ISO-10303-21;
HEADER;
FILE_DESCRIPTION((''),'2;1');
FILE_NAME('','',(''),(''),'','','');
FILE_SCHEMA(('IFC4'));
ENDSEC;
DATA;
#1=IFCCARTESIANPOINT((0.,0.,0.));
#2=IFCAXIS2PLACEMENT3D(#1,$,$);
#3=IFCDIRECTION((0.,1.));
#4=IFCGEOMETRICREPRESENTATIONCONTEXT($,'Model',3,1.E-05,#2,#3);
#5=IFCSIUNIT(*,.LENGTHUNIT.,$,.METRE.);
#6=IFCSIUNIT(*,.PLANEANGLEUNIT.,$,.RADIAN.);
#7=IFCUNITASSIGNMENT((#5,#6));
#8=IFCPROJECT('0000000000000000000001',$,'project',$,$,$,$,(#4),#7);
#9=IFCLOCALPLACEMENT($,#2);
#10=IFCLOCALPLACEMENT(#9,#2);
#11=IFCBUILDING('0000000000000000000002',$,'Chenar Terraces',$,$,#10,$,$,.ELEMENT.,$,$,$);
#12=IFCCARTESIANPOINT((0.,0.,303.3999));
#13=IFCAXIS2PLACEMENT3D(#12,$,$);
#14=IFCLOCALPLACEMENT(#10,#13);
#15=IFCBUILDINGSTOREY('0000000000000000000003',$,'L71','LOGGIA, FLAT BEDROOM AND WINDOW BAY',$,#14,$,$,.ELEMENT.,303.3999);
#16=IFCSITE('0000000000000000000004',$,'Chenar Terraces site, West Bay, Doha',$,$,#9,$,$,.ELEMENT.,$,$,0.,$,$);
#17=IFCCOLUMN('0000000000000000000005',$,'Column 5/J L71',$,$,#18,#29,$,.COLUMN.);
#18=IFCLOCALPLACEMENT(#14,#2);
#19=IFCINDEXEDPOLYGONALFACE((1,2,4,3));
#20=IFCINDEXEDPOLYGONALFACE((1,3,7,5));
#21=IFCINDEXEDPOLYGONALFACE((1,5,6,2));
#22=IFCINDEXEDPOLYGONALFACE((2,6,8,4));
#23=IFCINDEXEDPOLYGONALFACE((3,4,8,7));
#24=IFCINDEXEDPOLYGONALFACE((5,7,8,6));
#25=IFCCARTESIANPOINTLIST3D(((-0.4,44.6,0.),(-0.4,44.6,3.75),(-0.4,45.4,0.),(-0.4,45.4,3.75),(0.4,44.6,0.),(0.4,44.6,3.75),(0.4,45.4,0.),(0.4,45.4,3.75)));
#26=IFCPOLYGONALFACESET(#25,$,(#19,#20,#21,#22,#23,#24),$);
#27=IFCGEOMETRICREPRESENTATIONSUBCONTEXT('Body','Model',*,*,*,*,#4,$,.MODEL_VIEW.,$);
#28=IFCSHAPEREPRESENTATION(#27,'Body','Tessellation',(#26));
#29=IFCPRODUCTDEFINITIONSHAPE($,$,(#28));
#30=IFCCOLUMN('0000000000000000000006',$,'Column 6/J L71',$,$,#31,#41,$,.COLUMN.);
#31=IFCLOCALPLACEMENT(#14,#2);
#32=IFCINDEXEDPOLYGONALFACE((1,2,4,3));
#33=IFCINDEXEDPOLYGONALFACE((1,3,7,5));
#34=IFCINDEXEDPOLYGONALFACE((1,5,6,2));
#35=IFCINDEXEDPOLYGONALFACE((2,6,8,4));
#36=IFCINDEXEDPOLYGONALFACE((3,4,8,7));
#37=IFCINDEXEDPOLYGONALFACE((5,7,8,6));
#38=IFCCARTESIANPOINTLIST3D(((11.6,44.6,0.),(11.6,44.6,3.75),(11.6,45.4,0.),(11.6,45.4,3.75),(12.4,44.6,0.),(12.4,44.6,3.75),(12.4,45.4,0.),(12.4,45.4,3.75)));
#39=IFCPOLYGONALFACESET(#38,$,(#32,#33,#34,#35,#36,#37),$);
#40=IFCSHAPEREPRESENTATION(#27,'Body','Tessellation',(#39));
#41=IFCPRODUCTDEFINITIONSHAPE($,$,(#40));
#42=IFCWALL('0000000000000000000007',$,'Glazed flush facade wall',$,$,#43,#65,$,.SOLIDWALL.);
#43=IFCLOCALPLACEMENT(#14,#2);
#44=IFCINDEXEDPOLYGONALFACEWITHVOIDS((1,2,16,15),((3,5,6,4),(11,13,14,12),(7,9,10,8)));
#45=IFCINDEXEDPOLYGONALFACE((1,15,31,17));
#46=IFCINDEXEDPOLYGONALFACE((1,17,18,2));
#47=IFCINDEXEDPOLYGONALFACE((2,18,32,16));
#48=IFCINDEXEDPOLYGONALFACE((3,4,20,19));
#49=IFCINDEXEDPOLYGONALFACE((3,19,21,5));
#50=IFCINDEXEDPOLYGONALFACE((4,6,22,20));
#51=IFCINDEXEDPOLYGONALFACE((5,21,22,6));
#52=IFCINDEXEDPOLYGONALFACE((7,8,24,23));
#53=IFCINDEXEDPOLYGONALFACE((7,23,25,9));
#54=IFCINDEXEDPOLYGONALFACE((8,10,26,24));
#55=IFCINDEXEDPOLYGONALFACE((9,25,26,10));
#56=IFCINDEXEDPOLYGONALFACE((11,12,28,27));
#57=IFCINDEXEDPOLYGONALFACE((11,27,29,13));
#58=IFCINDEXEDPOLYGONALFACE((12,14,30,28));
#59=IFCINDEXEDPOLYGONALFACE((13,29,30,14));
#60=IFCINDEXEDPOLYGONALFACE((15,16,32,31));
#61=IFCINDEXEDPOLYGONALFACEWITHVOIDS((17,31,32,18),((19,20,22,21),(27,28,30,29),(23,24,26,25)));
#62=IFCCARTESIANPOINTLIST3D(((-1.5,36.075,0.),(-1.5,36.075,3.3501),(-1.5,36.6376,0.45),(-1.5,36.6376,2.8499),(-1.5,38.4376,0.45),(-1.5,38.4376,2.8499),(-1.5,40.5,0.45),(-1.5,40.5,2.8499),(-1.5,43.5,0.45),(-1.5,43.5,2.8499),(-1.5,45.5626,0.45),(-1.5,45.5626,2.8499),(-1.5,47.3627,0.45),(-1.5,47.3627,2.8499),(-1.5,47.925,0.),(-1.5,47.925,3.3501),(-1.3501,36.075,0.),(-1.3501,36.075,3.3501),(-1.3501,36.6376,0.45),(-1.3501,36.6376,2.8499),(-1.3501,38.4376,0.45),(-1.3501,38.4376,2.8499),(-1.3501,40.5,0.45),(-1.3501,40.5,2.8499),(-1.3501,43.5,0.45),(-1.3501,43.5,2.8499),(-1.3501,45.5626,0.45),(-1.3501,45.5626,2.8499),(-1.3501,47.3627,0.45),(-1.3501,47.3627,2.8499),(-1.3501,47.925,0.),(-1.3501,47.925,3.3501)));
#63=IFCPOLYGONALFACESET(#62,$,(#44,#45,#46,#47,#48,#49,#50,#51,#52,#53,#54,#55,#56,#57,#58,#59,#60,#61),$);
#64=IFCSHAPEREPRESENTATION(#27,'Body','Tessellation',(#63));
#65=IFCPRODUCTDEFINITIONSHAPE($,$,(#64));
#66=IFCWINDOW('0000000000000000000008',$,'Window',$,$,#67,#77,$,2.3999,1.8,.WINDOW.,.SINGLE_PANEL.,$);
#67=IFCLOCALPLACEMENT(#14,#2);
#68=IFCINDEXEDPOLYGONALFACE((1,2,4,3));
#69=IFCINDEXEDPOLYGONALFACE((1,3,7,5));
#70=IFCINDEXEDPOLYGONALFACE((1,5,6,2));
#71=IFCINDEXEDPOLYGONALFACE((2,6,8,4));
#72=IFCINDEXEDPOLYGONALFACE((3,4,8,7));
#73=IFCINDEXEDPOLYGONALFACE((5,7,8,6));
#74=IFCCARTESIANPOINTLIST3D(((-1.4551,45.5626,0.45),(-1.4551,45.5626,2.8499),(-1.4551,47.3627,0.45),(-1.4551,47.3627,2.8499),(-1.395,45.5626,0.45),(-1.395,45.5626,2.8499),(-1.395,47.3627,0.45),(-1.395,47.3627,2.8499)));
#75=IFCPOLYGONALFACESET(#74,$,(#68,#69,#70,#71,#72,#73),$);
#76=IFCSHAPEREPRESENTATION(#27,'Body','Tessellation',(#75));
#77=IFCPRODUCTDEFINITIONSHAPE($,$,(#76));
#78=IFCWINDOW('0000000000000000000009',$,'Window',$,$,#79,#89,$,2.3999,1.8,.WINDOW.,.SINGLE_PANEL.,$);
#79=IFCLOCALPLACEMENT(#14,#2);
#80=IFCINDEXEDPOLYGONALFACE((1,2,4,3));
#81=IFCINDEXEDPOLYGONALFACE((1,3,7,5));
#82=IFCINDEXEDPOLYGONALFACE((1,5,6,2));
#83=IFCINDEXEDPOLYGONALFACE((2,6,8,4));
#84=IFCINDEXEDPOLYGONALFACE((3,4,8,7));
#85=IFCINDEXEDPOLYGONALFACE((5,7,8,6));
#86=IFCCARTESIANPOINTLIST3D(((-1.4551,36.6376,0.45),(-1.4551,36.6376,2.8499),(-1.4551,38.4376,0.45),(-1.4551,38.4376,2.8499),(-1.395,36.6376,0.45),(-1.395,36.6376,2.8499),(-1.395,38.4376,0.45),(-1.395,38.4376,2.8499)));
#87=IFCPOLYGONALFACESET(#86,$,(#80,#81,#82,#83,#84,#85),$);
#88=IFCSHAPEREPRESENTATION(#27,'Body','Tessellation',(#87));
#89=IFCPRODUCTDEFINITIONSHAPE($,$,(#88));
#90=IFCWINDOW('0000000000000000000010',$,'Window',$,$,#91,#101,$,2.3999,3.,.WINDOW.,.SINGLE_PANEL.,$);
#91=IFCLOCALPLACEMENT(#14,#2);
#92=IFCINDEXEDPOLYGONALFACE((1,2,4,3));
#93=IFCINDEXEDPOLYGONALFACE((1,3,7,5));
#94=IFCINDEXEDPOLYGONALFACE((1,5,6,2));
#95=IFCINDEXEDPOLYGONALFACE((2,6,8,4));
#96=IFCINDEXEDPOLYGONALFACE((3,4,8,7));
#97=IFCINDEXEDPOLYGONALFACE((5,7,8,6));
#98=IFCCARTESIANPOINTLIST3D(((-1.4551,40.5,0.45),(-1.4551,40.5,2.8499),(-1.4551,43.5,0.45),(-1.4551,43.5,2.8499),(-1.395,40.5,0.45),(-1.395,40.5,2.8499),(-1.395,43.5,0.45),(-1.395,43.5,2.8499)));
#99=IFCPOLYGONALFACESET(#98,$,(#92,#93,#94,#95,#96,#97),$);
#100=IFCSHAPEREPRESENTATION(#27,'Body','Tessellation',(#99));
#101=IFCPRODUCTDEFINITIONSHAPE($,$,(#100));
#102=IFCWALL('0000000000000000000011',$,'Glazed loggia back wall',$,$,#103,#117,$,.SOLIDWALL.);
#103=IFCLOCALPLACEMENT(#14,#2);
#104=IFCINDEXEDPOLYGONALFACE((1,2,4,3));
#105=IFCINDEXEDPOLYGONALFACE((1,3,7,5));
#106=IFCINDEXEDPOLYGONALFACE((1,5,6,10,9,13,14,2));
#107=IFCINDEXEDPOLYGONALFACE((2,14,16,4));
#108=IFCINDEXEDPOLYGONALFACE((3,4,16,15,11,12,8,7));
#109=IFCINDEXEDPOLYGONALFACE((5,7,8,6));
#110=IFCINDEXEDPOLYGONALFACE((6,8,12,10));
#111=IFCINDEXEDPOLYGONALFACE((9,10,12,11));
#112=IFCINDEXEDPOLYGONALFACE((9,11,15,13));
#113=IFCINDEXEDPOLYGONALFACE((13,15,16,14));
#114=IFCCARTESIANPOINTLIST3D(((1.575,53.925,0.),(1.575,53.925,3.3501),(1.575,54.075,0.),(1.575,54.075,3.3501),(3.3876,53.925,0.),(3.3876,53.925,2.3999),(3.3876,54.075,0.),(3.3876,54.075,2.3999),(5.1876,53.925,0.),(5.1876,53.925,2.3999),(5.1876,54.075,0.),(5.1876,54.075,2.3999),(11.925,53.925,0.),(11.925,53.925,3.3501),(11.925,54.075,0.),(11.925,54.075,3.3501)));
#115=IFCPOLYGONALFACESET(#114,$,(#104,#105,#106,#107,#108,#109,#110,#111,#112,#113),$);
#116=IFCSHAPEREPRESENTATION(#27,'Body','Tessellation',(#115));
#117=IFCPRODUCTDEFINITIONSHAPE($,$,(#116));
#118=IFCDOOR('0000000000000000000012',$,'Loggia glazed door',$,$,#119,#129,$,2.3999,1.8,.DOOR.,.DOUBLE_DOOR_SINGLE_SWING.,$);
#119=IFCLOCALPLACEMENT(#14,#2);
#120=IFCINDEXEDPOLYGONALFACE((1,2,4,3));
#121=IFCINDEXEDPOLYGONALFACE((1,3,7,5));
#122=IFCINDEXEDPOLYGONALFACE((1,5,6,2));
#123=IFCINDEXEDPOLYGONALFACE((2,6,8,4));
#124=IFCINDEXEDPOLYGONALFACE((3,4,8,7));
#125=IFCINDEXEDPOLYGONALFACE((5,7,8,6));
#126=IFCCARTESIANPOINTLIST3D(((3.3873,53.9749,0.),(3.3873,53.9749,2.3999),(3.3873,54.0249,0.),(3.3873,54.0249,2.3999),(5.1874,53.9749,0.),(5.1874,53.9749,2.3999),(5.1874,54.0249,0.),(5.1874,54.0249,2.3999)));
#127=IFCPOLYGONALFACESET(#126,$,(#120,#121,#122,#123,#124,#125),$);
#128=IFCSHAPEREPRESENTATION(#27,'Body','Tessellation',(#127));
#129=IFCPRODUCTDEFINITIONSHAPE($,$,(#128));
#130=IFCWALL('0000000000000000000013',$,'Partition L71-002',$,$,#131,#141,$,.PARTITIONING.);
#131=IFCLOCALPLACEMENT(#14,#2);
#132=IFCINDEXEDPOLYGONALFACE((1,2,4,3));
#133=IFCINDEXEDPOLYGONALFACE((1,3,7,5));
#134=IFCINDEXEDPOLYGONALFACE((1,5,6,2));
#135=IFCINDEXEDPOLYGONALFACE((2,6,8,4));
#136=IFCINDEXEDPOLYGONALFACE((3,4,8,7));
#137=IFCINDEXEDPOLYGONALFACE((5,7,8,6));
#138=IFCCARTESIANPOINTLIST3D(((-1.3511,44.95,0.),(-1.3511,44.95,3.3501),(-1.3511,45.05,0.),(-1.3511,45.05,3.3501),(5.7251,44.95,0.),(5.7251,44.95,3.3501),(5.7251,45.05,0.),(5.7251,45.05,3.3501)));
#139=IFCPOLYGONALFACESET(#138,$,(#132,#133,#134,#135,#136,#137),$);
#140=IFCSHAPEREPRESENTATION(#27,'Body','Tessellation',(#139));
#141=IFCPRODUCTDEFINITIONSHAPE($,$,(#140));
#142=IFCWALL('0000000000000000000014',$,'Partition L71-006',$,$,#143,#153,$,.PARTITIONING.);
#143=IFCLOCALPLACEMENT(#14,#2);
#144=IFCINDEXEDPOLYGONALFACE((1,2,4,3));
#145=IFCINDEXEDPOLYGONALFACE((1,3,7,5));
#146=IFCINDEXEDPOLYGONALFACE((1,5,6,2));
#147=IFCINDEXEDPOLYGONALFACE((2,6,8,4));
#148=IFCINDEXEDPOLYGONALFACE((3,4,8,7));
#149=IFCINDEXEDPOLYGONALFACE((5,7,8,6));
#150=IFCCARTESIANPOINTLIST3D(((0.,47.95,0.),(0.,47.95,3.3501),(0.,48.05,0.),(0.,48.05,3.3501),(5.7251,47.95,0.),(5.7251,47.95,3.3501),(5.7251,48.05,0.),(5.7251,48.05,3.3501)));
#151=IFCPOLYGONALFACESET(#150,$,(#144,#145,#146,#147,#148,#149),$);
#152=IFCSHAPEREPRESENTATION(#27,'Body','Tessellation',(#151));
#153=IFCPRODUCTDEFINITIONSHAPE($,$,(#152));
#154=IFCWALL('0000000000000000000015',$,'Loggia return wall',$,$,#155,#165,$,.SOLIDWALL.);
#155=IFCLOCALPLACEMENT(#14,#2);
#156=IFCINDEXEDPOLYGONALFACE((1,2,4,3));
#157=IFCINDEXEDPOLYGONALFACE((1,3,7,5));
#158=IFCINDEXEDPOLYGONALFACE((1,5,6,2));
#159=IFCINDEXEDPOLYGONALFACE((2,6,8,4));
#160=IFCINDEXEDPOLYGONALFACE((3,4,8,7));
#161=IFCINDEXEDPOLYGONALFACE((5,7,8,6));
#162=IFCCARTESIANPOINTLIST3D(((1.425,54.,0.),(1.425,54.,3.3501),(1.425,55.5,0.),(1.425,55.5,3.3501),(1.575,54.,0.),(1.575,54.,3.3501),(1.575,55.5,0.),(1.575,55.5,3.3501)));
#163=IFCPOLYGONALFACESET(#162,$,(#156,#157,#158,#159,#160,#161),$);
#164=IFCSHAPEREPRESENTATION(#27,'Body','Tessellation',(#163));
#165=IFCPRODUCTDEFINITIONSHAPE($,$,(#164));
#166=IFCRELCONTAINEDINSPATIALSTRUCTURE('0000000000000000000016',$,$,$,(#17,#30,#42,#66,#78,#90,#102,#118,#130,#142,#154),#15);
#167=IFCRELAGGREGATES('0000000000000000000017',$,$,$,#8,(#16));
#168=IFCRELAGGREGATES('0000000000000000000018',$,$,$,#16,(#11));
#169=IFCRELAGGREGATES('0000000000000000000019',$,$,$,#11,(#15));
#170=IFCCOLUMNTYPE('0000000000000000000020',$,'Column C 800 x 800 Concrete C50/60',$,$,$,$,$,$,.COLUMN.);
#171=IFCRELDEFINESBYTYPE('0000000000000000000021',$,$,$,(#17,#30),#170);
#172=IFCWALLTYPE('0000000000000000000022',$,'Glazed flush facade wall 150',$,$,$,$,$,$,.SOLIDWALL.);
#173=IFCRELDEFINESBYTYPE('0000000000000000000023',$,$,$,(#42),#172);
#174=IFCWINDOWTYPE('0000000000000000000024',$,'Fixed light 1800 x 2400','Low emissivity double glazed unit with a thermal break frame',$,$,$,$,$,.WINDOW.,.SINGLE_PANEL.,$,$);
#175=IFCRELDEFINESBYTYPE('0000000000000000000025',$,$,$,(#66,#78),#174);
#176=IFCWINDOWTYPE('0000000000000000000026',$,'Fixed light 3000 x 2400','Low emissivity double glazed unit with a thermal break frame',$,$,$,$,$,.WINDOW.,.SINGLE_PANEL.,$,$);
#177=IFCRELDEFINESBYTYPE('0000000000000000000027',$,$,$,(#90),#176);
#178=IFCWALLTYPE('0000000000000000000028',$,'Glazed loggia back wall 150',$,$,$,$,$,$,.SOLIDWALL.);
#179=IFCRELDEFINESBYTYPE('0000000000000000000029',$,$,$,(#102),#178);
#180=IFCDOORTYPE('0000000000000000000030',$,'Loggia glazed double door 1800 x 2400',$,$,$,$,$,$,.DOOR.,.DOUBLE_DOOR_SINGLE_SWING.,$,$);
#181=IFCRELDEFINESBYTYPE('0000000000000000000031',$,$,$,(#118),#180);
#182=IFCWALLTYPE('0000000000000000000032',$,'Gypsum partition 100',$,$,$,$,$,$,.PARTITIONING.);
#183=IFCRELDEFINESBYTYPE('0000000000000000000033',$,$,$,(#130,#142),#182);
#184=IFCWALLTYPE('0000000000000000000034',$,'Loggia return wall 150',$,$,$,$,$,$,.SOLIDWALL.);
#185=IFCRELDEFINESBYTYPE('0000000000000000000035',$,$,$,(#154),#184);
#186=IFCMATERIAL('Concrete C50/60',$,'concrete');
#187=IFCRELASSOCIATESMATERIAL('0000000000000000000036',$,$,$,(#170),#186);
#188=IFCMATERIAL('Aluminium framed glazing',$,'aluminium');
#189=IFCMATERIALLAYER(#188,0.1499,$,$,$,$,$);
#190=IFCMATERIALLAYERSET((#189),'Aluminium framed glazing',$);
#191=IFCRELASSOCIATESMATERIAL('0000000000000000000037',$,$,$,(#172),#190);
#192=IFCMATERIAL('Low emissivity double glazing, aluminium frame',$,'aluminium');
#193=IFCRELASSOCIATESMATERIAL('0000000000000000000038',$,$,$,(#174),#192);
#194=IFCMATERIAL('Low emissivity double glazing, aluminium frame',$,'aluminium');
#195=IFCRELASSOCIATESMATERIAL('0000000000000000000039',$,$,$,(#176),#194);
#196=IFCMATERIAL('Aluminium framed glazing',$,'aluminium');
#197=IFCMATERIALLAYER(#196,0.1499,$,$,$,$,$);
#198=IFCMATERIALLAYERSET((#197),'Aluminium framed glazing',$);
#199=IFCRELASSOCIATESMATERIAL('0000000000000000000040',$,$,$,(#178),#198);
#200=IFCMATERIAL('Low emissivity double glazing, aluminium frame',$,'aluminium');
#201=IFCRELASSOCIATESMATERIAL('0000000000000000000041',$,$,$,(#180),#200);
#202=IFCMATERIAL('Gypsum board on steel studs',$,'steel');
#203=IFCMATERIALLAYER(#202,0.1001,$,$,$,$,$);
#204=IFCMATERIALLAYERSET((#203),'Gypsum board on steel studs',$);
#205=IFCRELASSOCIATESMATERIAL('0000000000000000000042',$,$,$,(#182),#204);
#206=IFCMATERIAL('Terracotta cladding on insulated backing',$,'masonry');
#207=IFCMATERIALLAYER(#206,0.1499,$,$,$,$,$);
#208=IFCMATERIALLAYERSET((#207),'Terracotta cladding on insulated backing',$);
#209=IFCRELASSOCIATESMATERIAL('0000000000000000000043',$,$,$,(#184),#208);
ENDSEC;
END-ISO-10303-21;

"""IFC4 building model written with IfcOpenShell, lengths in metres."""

from ifc_helpers import new_model, si_unit, direction, frame, frame_2d, origin, origin_2d, place, context, subcontext, project, spatial, rectangle, extrude, material, layer, layer_set, material_profile, profile_set, type_object, element, fill, save


model = new_model("IFC4")

# Units and contexts
model_context = context("Model", 3, precision=1e-05, world=origin(), true_north=direction((0.0, 1.0)))
body_context = subcontext(model_context, "Body", "Model", "MODEL_VIEW")
ifc_project = project(units=[si_unit("LENGTHUNIT", "METRE"), si_unit("PLANEANGLEUNIT", "RADIAN")], contexts=[model_context])

# Site, building, storey
site_placement = place(None, origin())
site = spatial("IfcSite", under=ifc_project, at=site_placement, Name="Chenar Terraces site, West Bay, Doha", CompositionType="ELEMENT", RefElevation=0.0)
building_placement = place(site_placement, origin())
building = spatial("IfcBuilding", under=site, at=building_placement, Name="Chenar Terraces", CompositionType="ELEMENT")
storey_placement = place(building_placement, frame((0.0, 0.0, 303.3999)))
storey = spatial("IfcBuildingStorey", under=building, at=storey_placement, Name="L71", Description="LOGGIA, FLAT BEDROOM AND WINDOW BAY", CompositionType="ELEMENT", Elevation=303.3999)

# Columns
ifc_material_1 = material(Name="Concrete C50/60", Category="concrete")
ifc_material_profile_1 = material_profile(ifc_material_1, rectangle(XDim=0.8, YDim=0.8, at=origin_2d()), Name="C 800 x 800")
ifc_profile_set_1 = profile_set([ifc_material_profile_1], Name="Concrete C50/60")
column_type = type_object("IfcColumnType", Name="Column C 800 x 800 Concrete C50/60", PredefinedType="COLUMN", material=ifc_profile_set_1)
for number, where, z_axis, x_axis, name in (
    (1, (0.0, 45.0, 0.0), (0.0, 0.0, 1.0), (1.0, 0.0, 0.0), "Column 5/J L71"),
    (2, (12.0, 45.0, 0.0), (0.0, 0.0, 1.0), (1.0, 0.0, 0.0), "Column 6/J L71"),
):
    element("IfcColumn", number, at=place(storey_placement, frame(where, z_axis=z_axis, x_axis=x_axis)), inside=storey, type_object=column_type, Name=name, PredefinedType="COLUMN", context=body_context, shape_type="SweptSolid", body=[
        extrude(rectangle(XDim=0.8, YDim=0.8, at=origin_2d()), origin(), (0.0, 0.0, 1.0), 3.75),
    ])

# Wall, openings, windows
ifc_material_2 = material(Name="Aluminium framed glazing", Category="aluminium")
ifc_layer_1 = layer(ifc_material_2, 0.1499)
ifc_layer_set_1 = layer_set([ifc_layer_1], Name="Aluminium framed glazing")
wall_type_1 = type_object("IfcWallType", Name="Glazed flush facade wall 150", PredefinedType="SOLIDWALL", material=ifc_layer_set_1)
wall_1_placement = place(storey_placement, frame((-1.425, 47.925, 0.0), z_axis=(0.0, 0.0, 1.0), x_axis=(0.0, -1.0, 0.0)))
wall_1 = element("IfcWall", 3, at=wall_1_placement, inside=storey, type_object=wall_type_1, Name="Glazed flush facade wall", PredefinedType="SOLIDWALL", context=body_context, shape_type="SweptSolid", body=[
    extrude(rectangle(XDim=11.8501, YDim=0.1499, at=frame_2d((5.925, 0.0))), origin(), (0.0, 0.0, 1.0), 3.3501),
])
opening_1_placement = place(wall_1_placement, frame((0.5625, 0.0, 0.45)))
opening_1 = element("IfcOpeningElement", 4, at=opening_1_placement, cuts=wall_1, PredefinedType="OPENING", context=body_context, shape_type="SweptSolid", body=[
    extrude(rectangle(XDim=1.8, YDim=2.3999, at=frame_2d((0.8999, 1.2))), frame((0.0, 0.085, 0.0), z_axis=(0.0, -1.0, 0.0), x_axis=(1.0, 0.0, 0.0)), (0.0, 0.0, 1.0), 0.1699),
])
opening_2_placement = place(wall_1_placement, frame((4.425, 0.0, 0.45)))
opening_2 = element("IfcOpeningElement", 5, at=opening_2_placement, cuts=wall_1, PredefinedType="OPENING", context=body_context, shape_type="SweptSolid", body=[
    extrude(rectangle(XDim=3.0, YDim=2.3999, at=frame_2d((1.5, 1.2))), frame((0.0, 0.085, 0.0), z_axis=(0.0, -1.0, 0.0), x_axis=(1.0, 0.0, 0.0)), (0.0, 0.0, 1.0), 0.1699),
])
opening_3_placement = place(wall_1_placement, frame((9.4875, 0.0, 0.45)))
opening_3 = element("IfcOpeningElement", 6, at=opening_3_placement, cuts=wall_1, PredefinedType="OPENING", context=body_context, shape_type="SweptSolid", body=[
    extrude(rectangle(XDim=1.8, YDim=2.3999, at=frame_2d((0.8999, 1.2))), frame((0.0, 0.085, 0.0), z_axis=(0.0, -1.0, 0.0), x_axis=(1.0, 0.0, 0.0)), (0.0, 0.0, 1.0), 0.1699),
])
ifc_material_3 = material(Name="Low emissivity double glazing, aluminium frame", Category="aluminium")
window_type_1 = type_object("IfcWindowType", Name="Fixed light 1800 x 2400", Description="Low emissivity double glazed unit with a thermal break frame", PartitioningType="SINGLE_PANEL", PredefinedType="WINDOW", material=ifc_material_3)
window_1_placement = place(opening_1_placement, origin())
window_1 = element("IfcWindow", 7, at=window_1_placement, inside=storey, type_object=window_type_1, Name="Window", OverallHeight=2.3999, OverallWidth=1.8, PartitioningType="SINGLE_PANEL", PredefinedType="WINDOW", context=body_context, shape_type="SweptSolid", body=[
    extrude(rectangle(XDim=1.8, YDim=2.3999, at=frame_2d((0.8999, 1.2))), frame((0.0, 0.03, 0.0), z_axis=(0.0, -1.0, 0.0), x_axis=(1.0, 0.0, 0.0)), (0.0, 0.0, 1.0), 0.0601),
])
fill(opening_1, window_1)
window_2_placement = place(opening_3_placement, origin())
window_2 = element("IfcWindow", 8, at=window_2_placement, inside=storey, type_object=window_type_1, Name="Window", OverallHeight=2.3999, OverallWidth=1.8, PartitioningType="SINGLE_PANEL", PredefinedType="WINDOW", context=body_context, shape_type="SweptSolid", body=[
    extrude(rectangle(XDim=1.8, YDim=2.3999, at=frame_2d((0.8999, 1.2))), frame((0.0, 0.03, 0.0), z_axis=(0.0, -1.0, 0.0), x_axis=(1.0, 0.0, 0.0)), (0.0, 0.0, 1.0), 0.0601),
])
fill(opening_3, window_2)
ifc_material_4 = material(Name="Low emissivity double glazing, aluminium frame", Category="aluminium")
window_type_2 = type_object("IfcWindowType", Name="Fixed light 3000 x 2400", Description="Low emissivity double glazed unit with a thermal break frame", PartitioningType="SINGLE_PANEL", PredefinedType="WINDOW", material=ifc_material_4)
window_3_placement = place(opening_2_placement, origin())
window_3 = element("IfcWindow", 9, at=window_3_placement, inside=storey, type_object=window_type_2, Name="Window", OverallHeight=2.3999, OverallWidth=3.0, PartitioningType="SINGLE_PANEL", PredefinedType="WINDOW", context=body_context, shape_type="SweptSolid", body=[
    extrude(rectangle(XDim=3.0, YDim=2.3999, at=frame_2d((1.5, 1.2))), frame((0.0, 0.03, 0.0), z_axis=(0.0, -1.0, 0.0), x_axis=(1.0, 0.0, 0.0)), (0.0, 0.0, 1.0), 0.0601),
])
fill(opening_2, window_3)

# Wall, opening, door
ifc_material_5 = material(Name="Aluminium framed glazing", Category="aluminium")
ifc_layer_2 = layer(ifc_material_5, 0.1499)
ifc_layer_set_2 = layer_set([ifc_layer_2], Name="Aluminium framed glazing")
wall_type_2 = type_object("IfcWallType", Name="Glazed loggia back wall 150", PredefinedType="SOLIDWALL", material=ifc_layer_set_2)
wall_2_placement = place(storey_placement, frame((11.925, 54.0, 0.0), z_axis=(0.0, 0.0, 1.0), x_axis=(-1.0, 0.0, 0.0)))
wall_2 = element("IfcWall", 10, at=wall_2_placement, inside=storey, type_object=wall_type_2, Name="Glazed loggia back wall", PredefinedType="SOLIDWALL", context=body_context, shape_type="SweptSolid", body=[
    extrude(rectangle(XDim=10.3501, YDim=0.1499, at=frame_2d((5.175, 0.0))), origin(), (0.0, 0.0, 1.0), 3.3501),
])
opening_4_placement = place(wall_2_placement, frame((6.7375, 0.0, 0.0)))
opening_4 = element("IfcOpeningElement", 11, at=opening_4_placement, cuts=wall_2, PredefinedType="OPENING", context=body_context, shape_type="SweptSolid", body=[
    extrude(rectangle(XDim=1.8, YDim=2.3999, at=frame_2d((0.8999, 1.2))), frame((0.0, 0.085, 0.0), z_axis=(0.0, -1.0, 0.0), x_axis=(1.0, 0.0, 0.0)), (0.0, 0.0, 1.0), 0.1699),
])
ifc_material_6 = material(Name="Low emissivity double glazing, aluminium frame", Category="aluminium")
door_type = type_object("IfcDoorType", Name="Loggia glazed double door 1800 x 2400", OperationType="DOUBLE_DOOR_SINGLE_SWING", PredefinedType="DOOR", material=ifc_material_6)
door_1_placement = place(opening_4_placement, frame((1.8, 0.0, 0.0), z_axis=(0.0, 0.0, 1.0), x_axis=(-1.0, 0.0, 0.0)))
door_1 = element("IfcDoor", 12, at=door_1_placement, inside=storey, type_object=door_type, Name="Loggia glazed door", OperationType="DOUBLE_DOOR_SINGLE_SWING", OverallHeight=2.3999, OverallWidth=1.8, PredefinedType="DOOR", context=body_context, shape_type="SweptSolid", body=[
    extrude(rectangle(XDim=1.8, YDim=2.3999, at=frame_2d((0.8999, 1.2))), frame((0.0, 0.0249, 0.0), z_axis=(0.0, -1.0, 0.0), x_axis=(1.0, 0.0, 0.0)), (0.0, 0.0, 1.0), 0.05),
])
fill(opening_4, door_1)

# Walls
ifc_material_7 = material(Name="Gypsum board on steel studs", Category="steel")
ifc_layer_3 = layer(ifc_material_7, 0.1001)
ifc_layer_set_3 = layer_set([ifc_layer_3], Name="Gypsum board on steel studs")
wall_type_3 = type_object("IfcWallType", Name="Gypsum partition 100", PredefinedType="PARTITIONING", material=ifc_layer_set_3)
wall_3_placement = place(storey_placement, frame((-1.3511, 45.0, 0.0), z_axis=(0.0, 0.0, 1.0), x_axis=(1.0, 0.0, 0.0)))
element("IfcWall", 13, at=wall_3_placement, inside=storey, type_object=wall_type_3, Name="Partition L71-002", PredefinedType="PARTITIONING", context=body_context, shape_type="SweptSolid", body=[
    extrude(rectangle(XDim=7.0762, YDim=0.1001, at=frame_2d((3.5381, 0.0))), origin(), (0.0, 0.0, 1.0), 3.3501),
])
wall_4_placement = place(storey_placement, frame((0.0, 48.0, 0.0), z_axis=(0.0, 0.0, 1.0), x_axis=(1.0, 0.0, 0.0)))
element("IfcWall", 14, at=wall_4_placement, inside=storey, type_object=wall_type_3, Name="Partition L71-006", PredefinedType="PARTITIONING", context=body_context, shape_type="SweptSolid", body=[
    extrude(rectangle(XDim=5.7251, YDim=0.1001, at=frame_2d((2.8625, 0.0))), origin(), (0.0, 0.0, 1.0), 3.3501),
])
ifc_material_8 = material(Name="Terracotta cladding on insulated backing", Category="masonry")
ifc_layer_4 = layer(ifc_material_8, 0.1499)
ifc_layer_set_4 = layer_set([ifc_layer_4], Name="Terracotta cladding on insulated backing")
wall_type_4 = type_object("IfcWallType", Name="Loggia return wall 150", PredefinedType="SOLIDWALL", material=ifc_layer_set_4)
for number, where, z_axis, x_axis, name in (
    (15, (1.5, 55.5, 0.0), (0.0, 0.0, 1.0), (0.0, -1.0, 0.0), "Loggia return wall"),
):
    element("IfcWall", number, at=place(storey_placement, frame(where, z_axis=z_axis, x_axis=x_axis)), inside=storey, type_object=wall_type_4, Name=name, PredefinedType="SOLIDWALL", context=body_context, shape_type="SweptSolid", body=[
        extrude(rectangle(XDim=1.5, YDim=0.1499, at=frame_2d((0.75, 0.0))), origin(), (0.0, 0.0, 1.0), 3.3501),
    ])

save(model, "model.ifc")
